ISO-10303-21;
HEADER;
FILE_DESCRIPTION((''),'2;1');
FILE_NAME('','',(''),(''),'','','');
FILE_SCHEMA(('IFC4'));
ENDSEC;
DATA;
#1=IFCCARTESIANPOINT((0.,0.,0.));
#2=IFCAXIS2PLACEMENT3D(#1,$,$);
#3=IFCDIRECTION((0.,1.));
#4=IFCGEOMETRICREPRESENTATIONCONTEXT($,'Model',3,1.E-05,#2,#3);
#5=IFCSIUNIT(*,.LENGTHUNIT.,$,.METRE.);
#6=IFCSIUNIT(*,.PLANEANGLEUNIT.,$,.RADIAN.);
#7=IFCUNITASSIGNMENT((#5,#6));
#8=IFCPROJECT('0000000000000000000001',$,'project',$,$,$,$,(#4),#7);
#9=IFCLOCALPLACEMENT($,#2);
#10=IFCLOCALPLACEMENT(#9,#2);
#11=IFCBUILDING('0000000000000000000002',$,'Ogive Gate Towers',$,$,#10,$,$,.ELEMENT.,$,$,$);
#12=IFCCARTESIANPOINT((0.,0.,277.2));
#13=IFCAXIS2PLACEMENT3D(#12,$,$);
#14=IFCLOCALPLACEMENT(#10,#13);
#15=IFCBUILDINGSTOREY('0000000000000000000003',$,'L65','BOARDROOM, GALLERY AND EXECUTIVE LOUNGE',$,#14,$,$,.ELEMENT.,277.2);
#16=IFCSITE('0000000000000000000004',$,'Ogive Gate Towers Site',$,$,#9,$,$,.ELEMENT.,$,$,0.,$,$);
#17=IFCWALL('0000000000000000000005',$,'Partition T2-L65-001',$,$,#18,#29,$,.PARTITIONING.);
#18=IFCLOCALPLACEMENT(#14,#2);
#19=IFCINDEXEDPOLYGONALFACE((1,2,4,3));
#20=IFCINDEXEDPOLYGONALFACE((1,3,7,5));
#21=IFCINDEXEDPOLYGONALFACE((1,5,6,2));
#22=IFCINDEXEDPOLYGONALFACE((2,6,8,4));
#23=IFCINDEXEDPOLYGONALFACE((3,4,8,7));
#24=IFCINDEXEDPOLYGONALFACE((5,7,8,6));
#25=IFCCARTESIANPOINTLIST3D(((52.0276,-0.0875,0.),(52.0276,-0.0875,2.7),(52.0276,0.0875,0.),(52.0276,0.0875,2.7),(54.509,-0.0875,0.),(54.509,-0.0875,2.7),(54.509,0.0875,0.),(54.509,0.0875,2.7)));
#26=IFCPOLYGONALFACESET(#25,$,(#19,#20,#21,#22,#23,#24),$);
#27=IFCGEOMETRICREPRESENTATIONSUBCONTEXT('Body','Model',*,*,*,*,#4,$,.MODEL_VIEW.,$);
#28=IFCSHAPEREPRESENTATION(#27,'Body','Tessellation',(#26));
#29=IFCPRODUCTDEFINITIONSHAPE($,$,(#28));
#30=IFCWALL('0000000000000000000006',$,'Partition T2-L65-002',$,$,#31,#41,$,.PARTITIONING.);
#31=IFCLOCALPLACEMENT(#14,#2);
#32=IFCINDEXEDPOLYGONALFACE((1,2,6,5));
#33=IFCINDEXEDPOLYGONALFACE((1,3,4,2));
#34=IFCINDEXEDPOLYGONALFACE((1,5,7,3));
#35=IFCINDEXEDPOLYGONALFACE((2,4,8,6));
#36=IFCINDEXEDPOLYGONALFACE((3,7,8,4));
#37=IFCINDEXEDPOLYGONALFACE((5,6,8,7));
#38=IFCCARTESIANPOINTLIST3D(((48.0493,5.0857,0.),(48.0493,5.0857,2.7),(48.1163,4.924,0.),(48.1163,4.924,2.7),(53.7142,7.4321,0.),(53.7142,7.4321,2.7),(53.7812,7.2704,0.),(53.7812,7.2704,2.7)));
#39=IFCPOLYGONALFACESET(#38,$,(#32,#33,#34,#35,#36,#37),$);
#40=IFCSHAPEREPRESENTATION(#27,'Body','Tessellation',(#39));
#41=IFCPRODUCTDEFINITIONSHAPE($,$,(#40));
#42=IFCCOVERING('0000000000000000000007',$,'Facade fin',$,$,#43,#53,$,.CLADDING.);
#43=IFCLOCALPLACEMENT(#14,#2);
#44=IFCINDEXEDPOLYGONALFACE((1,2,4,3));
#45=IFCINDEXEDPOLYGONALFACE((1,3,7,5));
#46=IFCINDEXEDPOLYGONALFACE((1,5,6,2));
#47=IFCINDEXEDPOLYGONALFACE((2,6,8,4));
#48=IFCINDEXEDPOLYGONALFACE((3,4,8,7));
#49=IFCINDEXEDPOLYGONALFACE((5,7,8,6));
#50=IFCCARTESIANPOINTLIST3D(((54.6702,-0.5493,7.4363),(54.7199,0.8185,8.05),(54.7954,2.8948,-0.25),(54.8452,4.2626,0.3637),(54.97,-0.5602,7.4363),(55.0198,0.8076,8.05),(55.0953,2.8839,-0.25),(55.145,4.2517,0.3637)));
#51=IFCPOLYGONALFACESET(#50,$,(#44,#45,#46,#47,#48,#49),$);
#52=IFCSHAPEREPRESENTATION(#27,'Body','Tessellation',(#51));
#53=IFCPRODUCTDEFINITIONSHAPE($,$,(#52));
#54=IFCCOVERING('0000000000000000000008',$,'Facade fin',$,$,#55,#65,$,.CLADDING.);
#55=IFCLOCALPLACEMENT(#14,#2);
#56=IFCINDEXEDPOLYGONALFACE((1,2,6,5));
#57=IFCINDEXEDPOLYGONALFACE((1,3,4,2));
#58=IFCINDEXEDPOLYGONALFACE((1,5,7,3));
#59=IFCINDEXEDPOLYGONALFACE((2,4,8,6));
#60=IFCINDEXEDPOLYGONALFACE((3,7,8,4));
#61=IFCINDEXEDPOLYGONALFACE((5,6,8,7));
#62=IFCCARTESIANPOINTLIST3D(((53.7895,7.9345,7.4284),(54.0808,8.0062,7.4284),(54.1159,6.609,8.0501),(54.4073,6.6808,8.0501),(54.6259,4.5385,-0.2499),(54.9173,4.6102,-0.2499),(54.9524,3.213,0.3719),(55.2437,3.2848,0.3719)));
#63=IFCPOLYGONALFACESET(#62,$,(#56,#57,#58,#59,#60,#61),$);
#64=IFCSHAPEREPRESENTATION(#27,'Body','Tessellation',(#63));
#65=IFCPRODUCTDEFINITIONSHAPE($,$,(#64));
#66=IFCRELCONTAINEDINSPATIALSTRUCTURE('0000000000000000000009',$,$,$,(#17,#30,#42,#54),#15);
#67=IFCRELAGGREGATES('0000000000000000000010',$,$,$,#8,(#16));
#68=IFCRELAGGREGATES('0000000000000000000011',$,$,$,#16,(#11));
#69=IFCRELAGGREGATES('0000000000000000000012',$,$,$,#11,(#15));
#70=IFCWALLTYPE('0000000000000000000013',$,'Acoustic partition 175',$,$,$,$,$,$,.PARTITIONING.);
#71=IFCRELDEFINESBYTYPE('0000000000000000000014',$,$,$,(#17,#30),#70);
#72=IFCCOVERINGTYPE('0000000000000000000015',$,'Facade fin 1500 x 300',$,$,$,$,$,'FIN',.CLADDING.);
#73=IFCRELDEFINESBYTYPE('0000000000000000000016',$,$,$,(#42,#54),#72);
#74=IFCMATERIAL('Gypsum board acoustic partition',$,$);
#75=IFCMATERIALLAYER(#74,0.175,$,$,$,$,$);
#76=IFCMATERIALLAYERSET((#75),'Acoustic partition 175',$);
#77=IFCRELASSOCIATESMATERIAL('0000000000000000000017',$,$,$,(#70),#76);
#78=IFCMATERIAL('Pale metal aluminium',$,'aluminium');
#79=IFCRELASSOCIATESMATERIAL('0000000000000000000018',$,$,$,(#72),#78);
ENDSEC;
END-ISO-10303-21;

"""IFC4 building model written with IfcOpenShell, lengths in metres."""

from ifc_helpers import new_model, si_unit, direction, frame, frame_2d, origin, origin_2d, place, context, subcontext, project, spatial, rectangle, extrude, material, layer, layer_set, material_profile, profile_set, type_object, element, save


model = new_model("IFC4")

# Units and contexts
model_context = context("Model", 3, precision=1e-05, world=origin(), true_north=direction((0.0, 1.0)))
body_context = subcontext(model_context, "Body", "Model", "MODEL_VIEW")
ifc_project = project(units=[si_unit("LENGTHUNIT", "METRE"), si_unit("PLANEANGLEUNIT", "RADIAN")], contexts=[model_context])

# Site, building, storey
site_placement = place(None, origin())
site = spatial("IfcSite", under=ifc_project, at=site_placement, Name="Ogive Gate Towers Site", CompositionType="ELEMENT", RefElevation=0.0)
building_placement = place(site_placement, origin())
building = spatial("IfcBuilding", under=site, at=building_placement, Name="Ogive Gate Towers", CompositionType="ELEMENT")
storey_placement = place(building_placement, frame((0.0, 0.0, 277.2)))
storey = spatial("IfcBuildingStorey", under=building, at=storey_placement, Name="L65", Description="BOARDROOM, GALLERY AND EXECUTIVE LOUNGE", CompositionType="ELEMENT", Elevation=277.2)

# Shared definitions
ifc_material_1 = material(Name="Pale metal aluminium", Category="aluminium")

# Walls
ifc_material_2 = material(Name="Gypsum board acoustic partition")
ifc_layer_1 = layer(ifc_material_2, 0.175)
ifc_layer_set_1 = layer_set([ifc_layer_1], Name="Acoustic partition 175")
wall_type = type_object("IfcWallType", Name="Acoustic partition 175", PredefinedType="PARTITIONING", material=ifc_layer_set_1)
wall_1_placement = place(storey_placement, frame((54.509, 0.0, 0.0), z_axis=(0.0, 0.0, 1.0), x_axis=(-1.0, 0.0, 0.0)))
element("IfcWall", 1, at=wall_1_placement, inside=storey, type_object=wall_type, Name="Partition T2-L65-001", PredefinedType="PARTITIONING", context=body_context, shape_type="SweptSolid", body=[
    extrude(rectangle(XDim=2.4814, YDim=0.175, at=frame_2d((1.2407, 0.0))), origin(), (0.0, 0.0, 1.0), 2.7),
])
wall_2_placement = place(storey_placement, frame((53.7478, 7.3513, 0.0), z_axis=(0.0, 0.0, 1.0), x_axis=(-0.923879, -0.382684, 0.0)))
element("IfcWall", 2, at=wall_2_placement, inside=storey, type_object=wall_type, Name="Partition T2-L65-002", PredefinedType="PARTITIONING", context=body_context, shape_type="SweptSolid", body=[
    extrude(rectangle(XDim=6.1316, YDim=0.175, at=frame_2d((3.0659, 0.0))), origin(), (0.0, 0.0, 1.0), 2.7),
])

# Coverings
ifc_material_profile_1 = material_profile(ifc_material_1, rectangle(XDim=0.3, YDim=1.5, at=origin_2d()), Name="1500 x 300 pale metal aluminium")
ifc_profile_set_1 = profile_set([ifc_material_profile_1], Name="Pale metal aluminium")
covering_type = type_object("IfcCoveringType", Name="Facade fin 1500 x 300", ElementType="FIN", PredefinedType="CLADDING", material=ifc_profile_set_1)
covering_1_placement = place(storey_placement, frame((54.9702, 3.5732, 0.0569), z_axis=(-0.014868, -0.408864, 0.912474), x_axis=(0.999339, -0.036341, 0.0)))
element("IfcCovering", 3, at=covering_1_placement, inside=storey, type_object=covering_type, Name="Facade fin", PredefinedType="CLADDING", context=body_context, shape_type="SweptSolid", body=[
    extrude(rectangle(XDim=0.3, YDim=1.5, at=origin_2d()), origin(), (0.0, 0.0, 1.0), 8.4236),
])
covering_2_placement = place(storey_placement, frame((54.9348, 3.9116, 0.061), z_axis=(-0.099135, 0.402499, 0.910037), x_axis=(-0.970982, -0.239151, 0.0)))
element("IfcCovering", 4, at=covering_2_placement, inside=storey, type_object=covering_type, Name="Facade fin", PredefinedType="CLADDING", context=body_context, shape_type="SweptSolid", body=[
    extrude(rectangle(XDim=0.3, YDim=1.5, at=origin_2d()), origin(), (0.0, 0.0, 1.0), 8.4373),
])

save(model, "model.ifc")
